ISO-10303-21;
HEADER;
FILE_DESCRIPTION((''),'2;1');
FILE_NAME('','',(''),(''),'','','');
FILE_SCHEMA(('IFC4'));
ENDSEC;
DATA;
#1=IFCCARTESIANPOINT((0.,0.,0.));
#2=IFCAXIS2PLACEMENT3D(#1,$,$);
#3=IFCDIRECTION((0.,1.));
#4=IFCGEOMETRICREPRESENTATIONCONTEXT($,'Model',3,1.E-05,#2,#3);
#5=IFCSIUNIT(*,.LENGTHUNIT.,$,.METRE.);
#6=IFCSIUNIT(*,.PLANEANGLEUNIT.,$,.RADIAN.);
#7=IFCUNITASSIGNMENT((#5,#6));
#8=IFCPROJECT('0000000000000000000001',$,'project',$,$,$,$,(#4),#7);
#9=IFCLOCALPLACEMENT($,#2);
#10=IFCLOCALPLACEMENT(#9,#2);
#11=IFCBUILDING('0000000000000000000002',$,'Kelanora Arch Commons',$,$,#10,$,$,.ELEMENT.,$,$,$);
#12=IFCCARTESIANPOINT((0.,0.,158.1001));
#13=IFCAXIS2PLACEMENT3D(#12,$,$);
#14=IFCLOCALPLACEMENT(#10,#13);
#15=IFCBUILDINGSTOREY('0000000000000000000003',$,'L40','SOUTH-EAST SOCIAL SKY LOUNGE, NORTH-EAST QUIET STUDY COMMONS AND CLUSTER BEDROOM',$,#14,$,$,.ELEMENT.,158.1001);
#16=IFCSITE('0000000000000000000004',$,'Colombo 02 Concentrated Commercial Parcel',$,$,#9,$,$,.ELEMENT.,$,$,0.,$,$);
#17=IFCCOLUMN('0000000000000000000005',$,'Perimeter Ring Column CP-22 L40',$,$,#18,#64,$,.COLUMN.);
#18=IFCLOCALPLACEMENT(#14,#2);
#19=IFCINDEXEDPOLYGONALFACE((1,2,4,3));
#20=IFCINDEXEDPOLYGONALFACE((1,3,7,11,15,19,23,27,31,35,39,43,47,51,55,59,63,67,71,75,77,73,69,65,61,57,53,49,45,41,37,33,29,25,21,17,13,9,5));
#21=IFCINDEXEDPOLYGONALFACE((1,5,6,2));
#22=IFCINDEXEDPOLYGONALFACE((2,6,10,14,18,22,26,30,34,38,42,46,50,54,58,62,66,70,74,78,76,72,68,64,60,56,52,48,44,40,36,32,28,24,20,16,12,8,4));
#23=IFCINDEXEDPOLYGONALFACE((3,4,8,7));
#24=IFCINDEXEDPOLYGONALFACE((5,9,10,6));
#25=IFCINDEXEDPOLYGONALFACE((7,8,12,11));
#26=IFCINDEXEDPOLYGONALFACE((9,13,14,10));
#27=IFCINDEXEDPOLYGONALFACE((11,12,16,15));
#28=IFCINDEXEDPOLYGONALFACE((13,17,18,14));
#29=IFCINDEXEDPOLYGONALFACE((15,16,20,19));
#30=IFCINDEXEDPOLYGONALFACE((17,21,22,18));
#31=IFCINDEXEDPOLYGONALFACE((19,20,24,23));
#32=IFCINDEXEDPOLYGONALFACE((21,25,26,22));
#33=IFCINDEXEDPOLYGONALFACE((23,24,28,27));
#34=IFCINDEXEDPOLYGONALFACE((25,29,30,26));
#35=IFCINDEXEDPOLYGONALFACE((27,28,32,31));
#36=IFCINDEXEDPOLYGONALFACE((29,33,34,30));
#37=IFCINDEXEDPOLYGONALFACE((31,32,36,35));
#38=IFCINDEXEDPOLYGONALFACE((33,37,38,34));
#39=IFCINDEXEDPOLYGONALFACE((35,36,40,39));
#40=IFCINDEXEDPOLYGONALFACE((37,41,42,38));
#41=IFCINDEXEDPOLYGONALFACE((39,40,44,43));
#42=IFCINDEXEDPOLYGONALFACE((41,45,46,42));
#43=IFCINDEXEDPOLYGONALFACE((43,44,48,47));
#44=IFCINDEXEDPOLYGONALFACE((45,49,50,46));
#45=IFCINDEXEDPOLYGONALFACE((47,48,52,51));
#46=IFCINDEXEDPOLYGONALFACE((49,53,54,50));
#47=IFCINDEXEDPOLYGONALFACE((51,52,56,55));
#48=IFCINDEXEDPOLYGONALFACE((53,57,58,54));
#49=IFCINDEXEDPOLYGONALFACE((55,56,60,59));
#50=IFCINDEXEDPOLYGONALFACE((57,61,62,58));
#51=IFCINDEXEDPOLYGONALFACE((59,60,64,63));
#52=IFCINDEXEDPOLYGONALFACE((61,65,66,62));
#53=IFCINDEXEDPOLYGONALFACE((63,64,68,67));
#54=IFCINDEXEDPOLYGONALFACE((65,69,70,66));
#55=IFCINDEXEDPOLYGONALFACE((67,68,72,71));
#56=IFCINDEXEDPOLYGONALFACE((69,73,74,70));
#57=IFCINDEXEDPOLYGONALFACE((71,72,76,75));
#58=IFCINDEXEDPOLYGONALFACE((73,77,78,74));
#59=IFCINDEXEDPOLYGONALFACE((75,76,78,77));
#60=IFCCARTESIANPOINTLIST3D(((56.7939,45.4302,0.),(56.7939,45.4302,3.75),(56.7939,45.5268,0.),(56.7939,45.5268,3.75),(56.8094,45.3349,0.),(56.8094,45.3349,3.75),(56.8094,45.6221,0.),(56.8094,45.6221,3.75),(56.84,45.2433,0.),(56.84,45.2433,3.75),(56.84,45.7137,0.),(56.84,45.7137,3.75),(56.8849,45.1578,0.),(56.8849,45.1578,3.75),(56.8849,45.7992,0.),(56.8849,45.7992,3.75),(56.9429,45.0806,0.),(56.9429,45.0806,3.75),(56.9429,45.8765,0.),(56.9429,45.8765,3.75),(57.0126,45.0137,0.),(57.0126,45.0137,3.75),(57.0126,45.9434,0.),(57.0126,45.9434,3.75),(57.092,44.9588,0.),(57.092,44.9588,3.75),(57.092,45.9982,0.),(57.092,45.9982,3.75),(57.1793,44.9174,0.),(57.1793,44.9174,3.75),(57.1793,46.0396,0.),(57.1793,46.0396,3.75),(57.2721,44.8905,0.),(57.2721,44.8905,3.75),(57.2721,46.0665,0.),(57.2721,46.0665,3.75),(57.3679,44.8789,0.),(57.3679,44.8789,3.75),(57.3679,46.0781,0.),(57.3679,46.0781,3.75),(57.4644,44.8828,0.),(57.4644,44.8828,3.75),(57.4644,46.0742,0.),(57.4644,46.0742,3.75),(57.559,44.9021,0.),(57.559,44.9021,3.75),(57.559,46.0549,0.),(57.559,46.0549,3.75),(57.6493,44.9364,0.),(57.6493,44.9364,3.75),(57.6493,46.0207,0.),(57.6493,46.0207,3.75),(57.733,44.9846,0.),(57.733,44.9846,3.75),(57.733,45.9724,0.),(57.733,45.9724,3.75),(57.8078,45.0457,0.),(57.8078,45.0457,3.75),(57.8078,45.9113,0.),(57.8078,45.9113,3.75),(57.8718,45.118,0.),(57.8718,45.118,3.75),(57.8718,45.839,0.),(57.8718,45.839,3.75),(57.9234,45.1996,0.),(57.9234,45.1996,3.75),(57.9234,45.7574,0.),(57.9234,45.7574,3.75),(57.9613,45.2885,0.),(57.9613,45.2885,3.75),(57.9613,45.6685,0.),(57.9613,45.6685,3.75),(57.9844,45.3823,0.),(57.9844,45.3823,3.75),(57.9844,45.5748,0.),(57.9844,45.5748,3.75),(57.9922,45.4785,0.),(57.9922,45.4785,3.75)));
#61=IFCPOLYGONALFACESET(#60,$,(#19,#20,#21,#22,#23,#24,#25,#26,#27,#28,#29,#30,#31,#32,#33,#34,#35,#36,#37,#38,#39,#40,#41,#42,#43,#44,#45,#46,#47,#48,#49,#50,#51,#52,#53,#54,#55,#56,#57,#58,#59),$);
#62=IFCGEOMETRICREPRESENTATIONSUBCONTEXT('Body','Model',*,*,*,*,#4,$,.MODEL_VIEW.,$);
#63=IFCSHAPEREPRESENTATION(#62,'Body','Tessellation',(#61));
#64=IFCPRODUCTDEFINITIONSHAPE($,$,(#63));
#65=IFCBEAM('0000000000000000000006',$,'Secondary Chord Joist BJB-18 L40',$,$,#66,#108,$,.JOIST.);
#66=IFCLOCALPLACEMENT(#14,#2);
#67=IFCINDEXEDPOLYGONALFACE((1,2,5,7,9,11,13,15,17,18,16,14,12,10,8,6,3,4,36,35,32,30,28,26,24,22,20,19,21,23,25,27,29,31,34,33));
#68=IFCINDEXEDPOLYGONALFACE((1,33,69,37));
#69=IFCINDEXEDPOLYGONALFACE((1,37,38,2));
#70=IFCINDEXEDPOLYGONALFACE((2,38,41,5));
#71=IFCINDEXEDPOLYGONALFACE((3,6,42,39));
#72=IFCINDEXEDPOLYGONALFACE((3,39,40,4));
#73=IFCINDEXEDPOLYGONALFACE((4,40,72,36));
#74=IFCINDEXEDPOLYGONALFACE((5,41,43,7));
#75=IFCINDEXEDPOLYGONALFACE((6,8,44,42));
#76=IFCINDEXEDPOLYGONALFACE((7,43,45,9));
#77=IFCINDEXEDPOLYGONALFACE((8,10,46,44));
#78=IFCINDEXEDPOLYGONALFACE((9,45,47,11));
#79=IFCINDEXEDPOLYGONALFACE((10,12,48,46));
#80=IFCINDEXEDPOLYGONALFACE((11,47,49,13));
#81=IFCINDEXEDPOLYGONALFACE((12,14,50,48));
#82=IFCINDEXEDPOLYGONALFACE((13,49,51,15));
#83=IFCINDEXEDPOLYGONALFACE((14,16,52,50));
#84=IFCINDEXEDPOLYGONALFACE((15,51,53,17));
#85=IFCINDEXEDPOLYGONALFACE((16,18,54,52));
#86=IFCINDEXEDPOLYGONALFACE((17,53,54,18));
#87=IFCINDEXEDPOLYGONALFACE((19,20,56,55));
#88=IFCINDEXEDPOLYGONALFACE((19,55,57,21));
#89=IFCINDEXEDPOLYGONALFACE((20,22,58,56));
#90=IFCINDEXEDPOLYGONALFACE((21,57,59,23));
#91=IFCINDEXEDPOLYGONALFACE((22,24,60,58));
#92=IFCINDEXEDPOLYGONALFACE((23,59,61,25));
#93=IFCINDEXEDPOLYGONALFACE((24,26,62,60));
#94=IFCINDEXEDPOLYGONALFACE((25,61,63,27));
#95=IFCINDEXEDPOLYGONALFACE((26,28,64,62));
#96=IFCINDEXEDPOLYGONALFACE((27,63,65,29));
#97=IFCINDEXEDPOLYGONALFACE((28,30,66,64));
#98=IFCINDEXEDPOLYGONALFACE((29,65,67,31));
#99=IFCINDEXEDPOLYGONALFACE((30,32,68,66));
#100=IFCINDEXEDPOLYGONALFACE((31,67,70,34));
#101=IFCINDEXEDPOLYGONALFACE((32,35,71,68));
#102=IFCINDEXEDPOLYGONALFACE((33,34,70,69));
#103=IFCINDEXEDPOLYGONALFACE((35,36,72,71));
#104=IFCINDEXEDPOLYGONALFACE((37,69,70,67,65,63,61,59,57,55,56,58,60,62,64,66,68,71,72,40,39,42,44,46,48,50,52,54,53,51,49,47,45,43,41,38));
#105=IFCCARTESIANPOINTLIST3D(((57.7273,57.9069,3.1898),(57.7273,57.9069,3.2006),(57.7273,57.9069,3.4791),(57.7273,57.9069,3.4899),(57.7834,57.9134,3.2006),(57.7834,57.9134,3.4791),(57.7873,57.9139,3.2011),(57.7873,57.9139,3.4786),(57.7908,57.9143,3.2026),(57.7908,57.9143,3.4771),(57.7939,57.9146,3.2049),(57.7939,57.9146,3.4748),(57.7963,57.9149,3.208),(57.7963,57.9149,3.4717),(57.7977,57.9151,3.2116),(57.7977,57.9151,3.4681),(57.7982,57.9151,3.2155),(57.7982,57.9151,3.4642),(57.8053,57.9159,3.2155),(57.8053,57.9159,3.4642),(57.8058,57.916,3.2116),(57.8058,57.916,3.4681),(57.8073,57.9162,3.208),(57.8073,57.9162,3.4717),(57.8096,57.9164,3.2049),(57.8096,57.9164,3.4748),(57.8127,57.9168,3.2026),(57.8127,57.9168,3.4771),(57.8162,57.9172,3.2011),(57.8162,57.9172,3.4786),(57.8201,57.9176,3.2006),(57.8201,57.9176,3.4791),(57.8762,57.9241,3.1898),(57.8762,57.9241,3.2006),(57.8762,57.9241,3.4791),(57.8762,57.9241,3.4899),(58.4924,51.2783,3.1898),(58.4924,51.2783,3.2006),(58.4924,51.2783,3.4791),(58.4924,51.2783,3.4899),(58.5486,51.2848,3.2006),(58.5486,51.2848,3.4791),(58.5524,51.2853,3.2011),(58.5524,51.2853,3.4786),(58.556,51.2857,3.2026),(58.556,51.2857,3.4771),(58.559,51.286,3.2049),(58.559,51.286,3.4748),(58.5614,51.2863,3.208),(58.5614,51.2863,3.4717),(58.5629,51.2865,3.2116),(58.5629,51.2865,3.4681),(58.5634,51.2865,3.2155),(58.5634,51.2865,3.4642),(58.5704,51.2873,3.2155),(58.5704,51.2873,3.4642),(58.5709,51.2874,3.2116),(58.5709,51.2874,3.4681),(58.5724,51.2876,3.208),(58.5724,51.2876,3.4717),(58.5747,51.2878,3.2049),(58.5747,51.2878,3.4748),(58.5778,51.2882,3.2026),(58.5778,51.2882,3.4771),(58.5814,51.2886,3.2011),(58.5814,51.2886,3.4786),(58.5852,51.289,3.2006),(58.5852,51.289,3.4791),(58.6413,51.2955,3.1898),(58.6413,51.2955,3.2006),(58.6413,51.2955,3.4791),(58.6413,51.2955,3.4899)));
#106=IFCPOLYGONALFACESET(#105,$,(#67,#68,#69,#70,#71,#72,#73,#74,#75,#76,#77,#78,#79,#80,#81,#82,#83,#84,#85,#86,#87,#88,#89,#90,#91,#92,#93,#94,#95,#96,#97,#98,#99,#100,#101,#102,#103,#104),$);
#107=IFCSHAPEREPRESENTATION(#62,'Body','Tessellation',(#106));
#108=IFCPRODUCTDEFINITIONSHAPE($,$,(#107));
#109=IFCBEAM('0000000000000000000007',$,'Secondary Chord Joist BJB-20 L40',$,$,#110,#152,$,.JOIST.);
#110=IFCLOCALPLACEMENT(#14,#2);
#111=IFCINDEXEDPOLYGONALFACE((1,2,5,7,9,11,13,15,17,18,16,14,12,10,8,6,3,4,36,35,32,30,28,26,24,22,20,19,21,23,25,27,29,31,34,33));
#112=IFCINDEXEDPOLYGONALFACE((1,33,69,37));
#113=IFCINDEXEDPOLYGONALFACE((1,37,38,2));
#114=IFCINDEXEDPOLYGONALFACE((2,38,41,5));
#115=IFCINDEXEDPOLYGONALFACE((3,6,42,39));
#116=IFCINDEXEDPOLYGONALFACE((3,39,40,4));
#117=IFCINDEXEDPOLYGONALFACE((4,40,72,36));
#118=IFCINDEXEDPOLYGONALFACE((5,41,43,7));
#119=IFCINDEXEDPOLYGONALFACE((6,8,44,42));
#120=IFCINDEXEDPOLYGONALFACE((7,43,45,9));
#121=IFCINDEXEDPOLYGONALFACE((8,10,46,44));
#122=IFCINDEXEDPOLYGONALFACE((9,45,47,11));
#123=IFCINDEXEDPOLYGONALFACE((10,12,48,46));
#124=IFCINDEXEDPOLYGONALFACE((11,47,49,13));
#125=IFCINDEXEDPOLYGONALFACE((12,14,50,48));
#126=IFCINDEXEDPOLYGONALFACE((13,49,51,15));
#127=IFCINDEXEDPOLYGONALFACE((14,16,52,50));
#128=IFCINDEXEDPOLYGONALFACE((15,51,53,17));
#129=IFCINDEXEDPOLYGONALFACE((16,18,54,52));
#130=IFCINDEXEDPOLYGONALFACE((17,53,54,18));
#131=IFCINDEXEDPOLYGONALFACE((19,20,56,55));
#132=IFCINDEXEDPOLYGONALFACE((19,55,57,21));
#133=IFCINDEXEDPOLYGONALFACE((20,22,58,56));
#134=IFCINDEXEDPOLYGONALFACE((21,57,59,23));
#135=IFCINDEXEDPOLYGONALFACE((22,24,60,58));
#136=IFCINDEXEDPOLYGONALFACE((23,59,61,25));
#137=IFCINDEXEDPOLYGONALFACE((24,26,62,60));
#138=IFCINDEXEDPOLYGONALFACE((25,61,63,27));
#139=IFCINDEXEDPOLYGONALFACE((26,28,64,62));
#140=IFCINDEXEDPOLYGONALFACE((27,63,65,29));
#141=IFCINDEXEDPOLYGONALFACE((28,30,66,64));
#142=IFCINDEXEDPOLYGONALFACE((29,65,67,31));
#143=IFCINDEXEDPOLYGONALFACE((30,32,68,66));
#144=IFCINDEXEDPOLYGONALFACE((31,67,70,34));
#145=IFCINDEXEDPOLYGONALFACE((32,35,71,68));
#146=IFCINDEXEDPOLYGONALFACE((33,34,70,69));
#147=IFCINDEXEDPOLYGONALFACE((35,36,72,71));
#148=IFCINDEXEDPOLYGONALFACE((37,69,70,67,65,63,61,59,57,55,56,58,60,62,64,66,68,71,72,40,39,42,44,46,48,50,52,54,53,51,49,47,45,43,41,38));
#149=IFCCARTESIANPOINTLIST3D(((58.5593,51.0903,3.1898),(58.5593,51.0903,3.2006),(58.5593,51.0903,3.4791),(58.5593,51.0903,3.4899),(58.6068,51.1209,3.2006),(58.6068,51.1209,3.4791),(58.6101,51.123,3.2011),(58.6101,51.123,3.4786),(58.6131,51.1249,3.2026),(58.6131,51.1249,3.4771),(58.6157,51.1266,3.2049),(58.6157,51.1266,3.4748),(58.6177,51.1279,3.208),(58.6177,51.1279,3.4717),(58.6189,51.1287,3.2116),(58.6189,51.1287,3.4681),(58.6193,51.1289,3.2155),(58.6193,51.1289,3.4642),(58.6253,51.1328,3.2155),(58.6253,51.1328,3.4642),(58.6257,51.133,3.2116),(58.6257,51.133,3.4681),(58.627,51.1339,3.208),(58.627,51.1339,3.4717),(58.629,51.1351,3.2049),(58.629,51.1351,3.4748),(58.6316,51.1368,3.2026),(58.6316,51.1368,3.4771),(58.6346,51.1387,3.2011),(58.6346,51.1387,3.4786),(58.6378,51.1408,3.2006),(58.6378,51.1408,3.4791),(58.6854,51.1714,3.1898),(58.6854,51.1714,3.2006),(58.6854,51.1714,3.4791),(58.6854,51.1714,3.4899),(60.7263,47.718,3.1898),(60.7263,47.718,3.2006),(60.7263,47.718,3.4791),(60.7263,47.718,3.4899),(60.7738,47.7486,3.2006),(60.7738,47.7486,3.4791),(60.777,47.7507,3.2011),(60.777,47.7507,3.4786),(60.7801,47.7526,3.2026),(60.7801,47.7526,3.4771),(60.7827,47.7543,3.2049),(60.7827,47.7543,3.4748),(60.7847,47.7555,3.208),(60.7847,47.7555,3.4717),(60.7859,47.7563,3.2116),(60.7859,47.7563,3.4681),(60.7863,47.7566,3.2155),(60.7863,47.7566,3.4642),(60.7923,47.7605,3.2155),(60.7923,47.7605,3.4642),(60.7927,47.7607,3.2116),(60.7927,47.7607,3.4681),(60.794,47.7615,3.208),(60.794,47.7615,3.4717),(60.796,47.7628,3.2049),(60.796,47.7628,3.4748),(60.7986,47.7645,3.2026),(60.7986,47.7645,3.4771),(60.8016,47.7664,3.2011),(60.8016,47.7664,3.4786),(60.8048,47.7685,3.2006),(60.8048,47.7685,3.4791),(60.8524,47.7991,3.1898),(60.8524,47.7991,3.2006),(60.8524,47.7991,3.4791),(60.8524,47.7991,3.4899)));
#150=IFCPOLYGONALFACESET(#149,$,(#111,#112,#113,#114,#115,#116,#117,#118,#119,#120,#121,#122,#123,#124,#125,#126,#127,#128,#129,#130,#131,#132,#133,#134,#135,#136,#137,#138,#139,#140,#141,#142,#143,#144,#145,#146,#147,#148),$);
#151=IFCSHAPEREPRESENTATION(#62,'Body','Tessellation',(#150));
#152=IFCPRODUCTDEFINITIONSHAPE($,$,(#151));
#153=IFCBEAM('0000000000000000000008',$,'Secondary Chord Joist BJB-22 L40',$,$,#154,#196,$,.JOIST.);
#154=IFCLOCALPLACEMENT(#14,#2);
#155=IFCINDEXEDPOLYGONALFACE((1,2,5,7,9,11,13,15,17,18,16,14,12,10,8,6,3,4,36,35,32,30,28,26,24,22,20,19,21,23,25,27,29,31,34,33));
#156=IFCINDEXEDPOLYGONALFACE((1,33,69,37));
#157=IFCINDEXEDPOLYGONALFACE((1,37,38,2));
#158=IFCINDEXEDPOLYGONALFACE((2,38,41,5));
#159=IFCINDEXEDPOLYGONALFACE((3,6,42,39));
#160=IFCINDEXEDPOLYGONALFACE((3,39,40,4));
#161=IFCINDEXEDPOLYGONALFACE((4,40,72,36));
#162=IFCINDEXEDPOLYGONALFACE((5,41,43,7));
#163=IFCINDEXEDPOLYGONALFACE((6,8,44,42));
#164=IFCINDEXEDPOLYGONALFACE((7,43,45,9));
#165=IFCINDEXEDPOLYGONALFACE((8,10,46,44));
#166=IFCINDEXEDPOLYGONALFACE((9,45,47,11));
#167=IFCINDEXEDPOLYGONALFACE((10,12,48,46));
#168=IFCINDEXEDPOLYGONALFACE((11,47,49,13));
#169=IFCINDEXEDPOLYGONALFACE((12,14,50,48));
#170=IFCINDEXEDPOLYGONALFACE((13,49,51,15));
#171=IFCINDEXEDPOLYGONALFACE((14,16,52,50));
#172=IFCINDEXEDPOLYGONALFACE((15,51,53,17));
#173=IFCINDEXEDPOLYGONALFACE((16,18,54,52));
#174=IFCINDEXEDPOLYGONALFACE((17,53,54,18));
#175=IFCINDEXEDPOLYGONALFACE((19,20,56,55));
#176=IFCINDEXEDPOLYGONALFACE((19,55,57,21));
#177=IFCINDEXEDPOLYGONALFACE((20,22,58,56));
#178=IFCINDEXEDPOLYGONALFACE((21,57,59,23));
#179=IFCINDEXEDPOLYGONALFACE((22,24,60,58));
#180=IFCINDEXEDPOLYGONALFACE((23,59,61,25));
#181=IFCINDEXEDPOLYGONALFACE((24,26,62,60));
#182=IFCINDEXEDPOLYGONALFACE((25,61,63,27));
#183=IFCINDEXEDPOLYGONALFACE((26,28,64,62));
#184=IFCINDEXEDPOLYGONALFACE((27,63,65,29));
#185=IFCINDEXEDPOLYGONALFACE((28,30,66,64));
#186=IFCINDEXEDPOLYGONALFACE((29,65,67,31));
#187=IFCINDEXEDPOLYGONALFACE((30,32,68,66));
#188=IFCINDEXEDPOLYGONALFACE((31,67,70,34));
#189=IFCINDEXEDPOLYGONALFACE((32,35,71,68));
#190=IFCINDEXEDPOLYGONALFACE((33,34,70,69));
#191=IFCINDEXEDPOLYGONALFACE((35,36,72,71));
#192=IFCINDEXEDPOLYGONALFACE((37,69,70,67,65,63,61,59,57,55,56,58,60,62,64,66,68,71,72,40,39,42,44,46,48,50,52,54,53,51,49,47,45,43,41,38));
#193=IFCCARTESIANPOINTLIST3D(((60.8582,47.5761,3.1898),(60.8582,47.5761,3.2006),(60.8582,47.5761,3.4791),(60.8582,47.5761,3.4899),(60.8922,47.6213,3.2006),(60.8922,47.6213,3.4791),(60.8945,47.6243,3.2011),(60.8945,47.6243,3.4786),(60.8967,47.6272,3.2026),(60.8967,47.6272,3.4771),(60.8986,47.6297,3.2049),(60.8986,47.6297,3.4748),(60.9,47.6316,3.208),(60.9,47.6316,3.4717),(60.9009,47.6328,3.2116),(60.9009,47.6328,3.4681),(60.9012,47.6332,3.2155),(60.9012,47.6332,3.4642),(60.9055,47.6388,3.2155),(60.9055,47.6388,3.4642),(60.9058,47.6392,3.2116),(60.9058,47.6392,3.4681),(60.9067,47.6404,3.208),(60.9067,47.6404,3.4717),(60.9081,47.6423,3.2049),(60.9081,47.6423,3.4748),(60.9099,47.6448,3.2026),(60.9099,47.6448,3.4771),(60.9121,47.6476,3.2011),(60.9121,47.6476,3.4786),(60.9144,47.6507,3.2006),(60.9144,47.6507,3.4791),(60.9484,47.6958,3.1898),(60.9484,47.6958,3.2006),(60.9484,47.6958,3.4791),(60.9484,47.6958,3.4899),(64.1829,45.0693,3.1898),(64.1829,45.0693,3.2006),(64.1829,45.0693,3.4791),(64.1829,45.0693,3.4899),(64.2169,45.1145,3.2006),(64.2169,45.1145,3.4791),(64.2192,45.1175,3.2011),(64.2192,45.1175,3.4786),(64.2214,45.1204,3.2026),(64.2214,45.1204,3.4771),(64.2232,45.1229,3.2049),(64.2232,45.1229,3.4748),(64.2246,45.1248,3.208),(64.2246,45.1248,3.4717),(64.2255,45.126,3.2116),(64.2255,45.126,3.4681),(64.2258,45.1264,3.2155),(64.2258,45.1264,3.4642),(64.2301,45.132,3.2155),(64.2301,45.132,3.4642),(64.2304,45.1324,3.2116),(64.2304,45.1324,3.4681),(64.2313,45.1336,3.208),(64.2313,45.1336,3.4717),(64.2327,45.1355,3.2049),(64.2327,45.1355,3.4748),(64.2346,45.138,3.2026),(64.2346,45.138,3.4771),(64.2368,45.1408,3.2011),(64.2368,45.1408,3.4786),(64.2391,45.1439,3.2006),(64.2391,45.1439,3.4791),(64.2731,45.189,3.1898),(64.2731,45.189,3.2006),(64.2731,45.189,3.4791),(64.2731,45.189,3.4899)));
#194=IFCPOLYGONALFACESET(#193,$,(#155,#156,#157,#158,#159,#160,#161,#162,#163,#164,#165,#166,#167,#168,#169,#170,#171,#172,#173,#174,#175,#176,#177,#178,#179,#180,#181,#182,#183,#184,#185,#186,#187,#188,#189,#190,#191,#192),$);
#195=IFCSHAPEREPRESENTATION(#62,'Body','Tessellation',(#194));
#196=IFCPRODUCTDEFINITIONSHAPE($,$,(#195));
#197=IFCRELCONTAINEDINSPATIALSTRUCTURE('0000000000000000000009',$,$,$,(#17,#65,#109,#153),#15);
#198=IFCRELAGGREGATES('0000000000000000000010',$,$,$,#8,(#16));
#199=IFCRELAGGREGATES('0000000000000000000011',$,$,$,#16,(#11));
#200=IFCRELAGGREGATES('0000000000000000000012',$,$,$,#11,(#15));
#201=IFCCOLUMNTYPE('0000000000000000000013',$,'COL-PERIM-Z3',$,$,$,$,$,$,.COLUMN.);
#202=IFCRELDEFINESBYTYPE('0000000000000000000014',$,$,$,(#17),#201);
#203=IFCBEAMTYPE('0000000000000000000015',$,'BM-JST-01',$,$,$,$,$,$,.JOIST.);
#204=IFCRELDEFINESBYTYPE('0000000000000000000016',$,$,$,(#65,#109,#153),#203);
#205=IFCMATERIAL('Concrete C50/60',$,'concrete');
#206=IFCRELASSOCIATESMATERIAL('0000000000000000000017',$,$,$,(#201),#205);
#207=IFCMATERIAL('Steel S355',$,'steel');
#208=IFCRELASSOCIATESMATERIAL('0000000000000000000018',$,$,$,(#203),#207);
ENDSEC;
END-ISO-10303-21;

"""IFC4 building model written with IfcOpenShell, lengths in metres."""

from ifc_helpers import new_model, si_unit, direction, frame, origin, origin_2d, place, context, subcontext, project, spatial, circle, i_section, extrude, material, material_profile, profile_set, type_object, element, save


model = new_model("IFC4")

# Units and contexts
model_context = context("Model", 3, precision=1e-05, world=origin(), true_north=direction((0.0, 1.0)))
body_context = subcontext(model_context, "Body", "Model", "MODEL_VIEW")
ifc_project = project(units=[si_unit("LENGTHUNIT", "METRE"), si_unit("PLANEANGLEUNIT", "RADIAN")], contexts=[model_context])

# Site, building, storey
site_placement = place(None, origin())
site = spatial("IfcSite", under=ifc_project, at=site_placement, Name="Colombo 02 Concentrated Commercial Parcel", CompositionType="ELEMENT", RefElevation=0.0)
building_placement = place(site_placement, origin())
building = spatial("IfcBuilding", under=site, at=building_placement, Name="Kelanora Arch Commons", CompositionType="ELEMENT")
storey_placement = place(building_placement, frame((0.0, 0.0, 158.1001)))
storey = spatial("IfcBuildingStorey", under=building, at=storey_placement, Name="L40", Description="SOUTH-EAST SOCIAL SKY LOUNGE, NORTH-EAST QUIET STUDY COMMONS AND CLUSTER BEDROOM", CompositionType="ELEMENT", Elevation=158.1001)

# Column
ifc_material_1 = material(Name="Concrete C50/60", Category="concrete")
ifc_material_profile_1 = material_profile(ifc_material_1, circle(Radius=0.6001, at=origin_2d()), Name="RCC1200")
ifc_profile_set_1 = profile_set([ifc_material_profile_1], Name="Concrete C50/60")
column_type = type_object("IfcColumnType", Name="COL-PERIM-Z3", PredefinedType="COLUMN", material=ifc_profile_set_1)
column_placement = place(storey_placement, frame((57.3921, 45.4785, 0.0), z_axis=(0.0, 0.0, 1.0), x_axis=(1.0, 0.0, 0.0)))
element("IfcColumn", 1, at=column_placement, inside=storey, type_object=column_type, Name="Perimeter Ring Column CP-22 L40", PredefinedType="COLUMN", context=body_context, shape_type="SweptSolid", body=[
    extrude(circle(Radius=0.6001, at=origin_2d()), origin(), (0.0, 0.0, 1.0), 3.75),
])

# Beams
ifc_material_2 = material(Name="Steel S355", Category="steel")
ifc_material_profile_2 = material_profile(ifc_material_2, i_section(OverallWidth=0.1499, OverallDepth=0.3, WebThickness=0.0071, FlangeThickness=0.0107, FilletRadius=0.0149, at=origin_2d()), Name="IPE300")
ifc_profile_set_2 = profile_set([ifc_material_profile_2], Name="Steel S355")
beam_type_1 = type_object("IfcBeamType", Name="BM-JST-01", PredefinedType="JOIST", material=ifc_profile_set_2)
beam_1_placement = place(storey_placement, frame((57.8018, 57.9155, 3.3398), z_axis=(0.114667, -0.993404, 0.0), x_axis=(0.993404, 0.114667, 0.0)))
element("IfcBeam", 2, at=beam_1_placement, inside=storey, type_object=beam_type_1, Name="Secondary Chord Joist BJB-18 L40", PredefinedType="JOIST", context=body_context, shape_type="SweptSolid", body=[
    extrude(i_section(OverallWidth=0.1499, OverallDepth=0.3, WebThickness=0.0071, FlangeThickness=0.0107, FilletRadius=0.0149, at=origin_2d()), origin(), (0.0, 0.0, 1.0), 6.6726),
])
beam_2_placement = place(storey_placement, frame((58.6223, 51.1309, 3.3398), z_axis=(0.540594, -0.841283, 0.0), x_axis=(0.841283, 0.540594, 0.0)))
element("IfcBeam", 3, at=beam_2_placement, inside=storey, type_object=beam_type_1, Name="Secondary Chord Joist BJB-20 L40", PredefinedType="JOIST", context=body_context, shape_type="SweptSolid", body=[
    extrude(i_section(OverallWidth=0.1499, OverallDepth=0.3, WebThickness=0.0071, FlangeThickness=0.0107, FilletRadius=0.0149, at=origin_2d()), origin(), (0.0, 0.0, 1.0), 4.0085),
])
beam_3_placement = place(storey_placement, frame((60.9033, 47.636, 3.3398), z_axis=(0.798464, -0.602043, 0.0), x_axis=(0.602043, 0.798464, 0.0)))
element("IfcBeam", 4, at=beam_3_placement, inside=storey, type_object=beam_type_1, Name="Secondary Chord Joist BJB-22 L40", PredefinedType="JOIST", context=body_context, shape_type="SweptSolid", body=[
    extrude(i_section(OverallWidth=0.1499, OverallDepth=0.3, WebThickness=0.0071, FlangeThickness=0.0107, FilletRadius=0.0149, at=origin_2d()), origin(), (0.0, 0.0, 1.0), 4.1638),
])

save(model, "model.ifc")
